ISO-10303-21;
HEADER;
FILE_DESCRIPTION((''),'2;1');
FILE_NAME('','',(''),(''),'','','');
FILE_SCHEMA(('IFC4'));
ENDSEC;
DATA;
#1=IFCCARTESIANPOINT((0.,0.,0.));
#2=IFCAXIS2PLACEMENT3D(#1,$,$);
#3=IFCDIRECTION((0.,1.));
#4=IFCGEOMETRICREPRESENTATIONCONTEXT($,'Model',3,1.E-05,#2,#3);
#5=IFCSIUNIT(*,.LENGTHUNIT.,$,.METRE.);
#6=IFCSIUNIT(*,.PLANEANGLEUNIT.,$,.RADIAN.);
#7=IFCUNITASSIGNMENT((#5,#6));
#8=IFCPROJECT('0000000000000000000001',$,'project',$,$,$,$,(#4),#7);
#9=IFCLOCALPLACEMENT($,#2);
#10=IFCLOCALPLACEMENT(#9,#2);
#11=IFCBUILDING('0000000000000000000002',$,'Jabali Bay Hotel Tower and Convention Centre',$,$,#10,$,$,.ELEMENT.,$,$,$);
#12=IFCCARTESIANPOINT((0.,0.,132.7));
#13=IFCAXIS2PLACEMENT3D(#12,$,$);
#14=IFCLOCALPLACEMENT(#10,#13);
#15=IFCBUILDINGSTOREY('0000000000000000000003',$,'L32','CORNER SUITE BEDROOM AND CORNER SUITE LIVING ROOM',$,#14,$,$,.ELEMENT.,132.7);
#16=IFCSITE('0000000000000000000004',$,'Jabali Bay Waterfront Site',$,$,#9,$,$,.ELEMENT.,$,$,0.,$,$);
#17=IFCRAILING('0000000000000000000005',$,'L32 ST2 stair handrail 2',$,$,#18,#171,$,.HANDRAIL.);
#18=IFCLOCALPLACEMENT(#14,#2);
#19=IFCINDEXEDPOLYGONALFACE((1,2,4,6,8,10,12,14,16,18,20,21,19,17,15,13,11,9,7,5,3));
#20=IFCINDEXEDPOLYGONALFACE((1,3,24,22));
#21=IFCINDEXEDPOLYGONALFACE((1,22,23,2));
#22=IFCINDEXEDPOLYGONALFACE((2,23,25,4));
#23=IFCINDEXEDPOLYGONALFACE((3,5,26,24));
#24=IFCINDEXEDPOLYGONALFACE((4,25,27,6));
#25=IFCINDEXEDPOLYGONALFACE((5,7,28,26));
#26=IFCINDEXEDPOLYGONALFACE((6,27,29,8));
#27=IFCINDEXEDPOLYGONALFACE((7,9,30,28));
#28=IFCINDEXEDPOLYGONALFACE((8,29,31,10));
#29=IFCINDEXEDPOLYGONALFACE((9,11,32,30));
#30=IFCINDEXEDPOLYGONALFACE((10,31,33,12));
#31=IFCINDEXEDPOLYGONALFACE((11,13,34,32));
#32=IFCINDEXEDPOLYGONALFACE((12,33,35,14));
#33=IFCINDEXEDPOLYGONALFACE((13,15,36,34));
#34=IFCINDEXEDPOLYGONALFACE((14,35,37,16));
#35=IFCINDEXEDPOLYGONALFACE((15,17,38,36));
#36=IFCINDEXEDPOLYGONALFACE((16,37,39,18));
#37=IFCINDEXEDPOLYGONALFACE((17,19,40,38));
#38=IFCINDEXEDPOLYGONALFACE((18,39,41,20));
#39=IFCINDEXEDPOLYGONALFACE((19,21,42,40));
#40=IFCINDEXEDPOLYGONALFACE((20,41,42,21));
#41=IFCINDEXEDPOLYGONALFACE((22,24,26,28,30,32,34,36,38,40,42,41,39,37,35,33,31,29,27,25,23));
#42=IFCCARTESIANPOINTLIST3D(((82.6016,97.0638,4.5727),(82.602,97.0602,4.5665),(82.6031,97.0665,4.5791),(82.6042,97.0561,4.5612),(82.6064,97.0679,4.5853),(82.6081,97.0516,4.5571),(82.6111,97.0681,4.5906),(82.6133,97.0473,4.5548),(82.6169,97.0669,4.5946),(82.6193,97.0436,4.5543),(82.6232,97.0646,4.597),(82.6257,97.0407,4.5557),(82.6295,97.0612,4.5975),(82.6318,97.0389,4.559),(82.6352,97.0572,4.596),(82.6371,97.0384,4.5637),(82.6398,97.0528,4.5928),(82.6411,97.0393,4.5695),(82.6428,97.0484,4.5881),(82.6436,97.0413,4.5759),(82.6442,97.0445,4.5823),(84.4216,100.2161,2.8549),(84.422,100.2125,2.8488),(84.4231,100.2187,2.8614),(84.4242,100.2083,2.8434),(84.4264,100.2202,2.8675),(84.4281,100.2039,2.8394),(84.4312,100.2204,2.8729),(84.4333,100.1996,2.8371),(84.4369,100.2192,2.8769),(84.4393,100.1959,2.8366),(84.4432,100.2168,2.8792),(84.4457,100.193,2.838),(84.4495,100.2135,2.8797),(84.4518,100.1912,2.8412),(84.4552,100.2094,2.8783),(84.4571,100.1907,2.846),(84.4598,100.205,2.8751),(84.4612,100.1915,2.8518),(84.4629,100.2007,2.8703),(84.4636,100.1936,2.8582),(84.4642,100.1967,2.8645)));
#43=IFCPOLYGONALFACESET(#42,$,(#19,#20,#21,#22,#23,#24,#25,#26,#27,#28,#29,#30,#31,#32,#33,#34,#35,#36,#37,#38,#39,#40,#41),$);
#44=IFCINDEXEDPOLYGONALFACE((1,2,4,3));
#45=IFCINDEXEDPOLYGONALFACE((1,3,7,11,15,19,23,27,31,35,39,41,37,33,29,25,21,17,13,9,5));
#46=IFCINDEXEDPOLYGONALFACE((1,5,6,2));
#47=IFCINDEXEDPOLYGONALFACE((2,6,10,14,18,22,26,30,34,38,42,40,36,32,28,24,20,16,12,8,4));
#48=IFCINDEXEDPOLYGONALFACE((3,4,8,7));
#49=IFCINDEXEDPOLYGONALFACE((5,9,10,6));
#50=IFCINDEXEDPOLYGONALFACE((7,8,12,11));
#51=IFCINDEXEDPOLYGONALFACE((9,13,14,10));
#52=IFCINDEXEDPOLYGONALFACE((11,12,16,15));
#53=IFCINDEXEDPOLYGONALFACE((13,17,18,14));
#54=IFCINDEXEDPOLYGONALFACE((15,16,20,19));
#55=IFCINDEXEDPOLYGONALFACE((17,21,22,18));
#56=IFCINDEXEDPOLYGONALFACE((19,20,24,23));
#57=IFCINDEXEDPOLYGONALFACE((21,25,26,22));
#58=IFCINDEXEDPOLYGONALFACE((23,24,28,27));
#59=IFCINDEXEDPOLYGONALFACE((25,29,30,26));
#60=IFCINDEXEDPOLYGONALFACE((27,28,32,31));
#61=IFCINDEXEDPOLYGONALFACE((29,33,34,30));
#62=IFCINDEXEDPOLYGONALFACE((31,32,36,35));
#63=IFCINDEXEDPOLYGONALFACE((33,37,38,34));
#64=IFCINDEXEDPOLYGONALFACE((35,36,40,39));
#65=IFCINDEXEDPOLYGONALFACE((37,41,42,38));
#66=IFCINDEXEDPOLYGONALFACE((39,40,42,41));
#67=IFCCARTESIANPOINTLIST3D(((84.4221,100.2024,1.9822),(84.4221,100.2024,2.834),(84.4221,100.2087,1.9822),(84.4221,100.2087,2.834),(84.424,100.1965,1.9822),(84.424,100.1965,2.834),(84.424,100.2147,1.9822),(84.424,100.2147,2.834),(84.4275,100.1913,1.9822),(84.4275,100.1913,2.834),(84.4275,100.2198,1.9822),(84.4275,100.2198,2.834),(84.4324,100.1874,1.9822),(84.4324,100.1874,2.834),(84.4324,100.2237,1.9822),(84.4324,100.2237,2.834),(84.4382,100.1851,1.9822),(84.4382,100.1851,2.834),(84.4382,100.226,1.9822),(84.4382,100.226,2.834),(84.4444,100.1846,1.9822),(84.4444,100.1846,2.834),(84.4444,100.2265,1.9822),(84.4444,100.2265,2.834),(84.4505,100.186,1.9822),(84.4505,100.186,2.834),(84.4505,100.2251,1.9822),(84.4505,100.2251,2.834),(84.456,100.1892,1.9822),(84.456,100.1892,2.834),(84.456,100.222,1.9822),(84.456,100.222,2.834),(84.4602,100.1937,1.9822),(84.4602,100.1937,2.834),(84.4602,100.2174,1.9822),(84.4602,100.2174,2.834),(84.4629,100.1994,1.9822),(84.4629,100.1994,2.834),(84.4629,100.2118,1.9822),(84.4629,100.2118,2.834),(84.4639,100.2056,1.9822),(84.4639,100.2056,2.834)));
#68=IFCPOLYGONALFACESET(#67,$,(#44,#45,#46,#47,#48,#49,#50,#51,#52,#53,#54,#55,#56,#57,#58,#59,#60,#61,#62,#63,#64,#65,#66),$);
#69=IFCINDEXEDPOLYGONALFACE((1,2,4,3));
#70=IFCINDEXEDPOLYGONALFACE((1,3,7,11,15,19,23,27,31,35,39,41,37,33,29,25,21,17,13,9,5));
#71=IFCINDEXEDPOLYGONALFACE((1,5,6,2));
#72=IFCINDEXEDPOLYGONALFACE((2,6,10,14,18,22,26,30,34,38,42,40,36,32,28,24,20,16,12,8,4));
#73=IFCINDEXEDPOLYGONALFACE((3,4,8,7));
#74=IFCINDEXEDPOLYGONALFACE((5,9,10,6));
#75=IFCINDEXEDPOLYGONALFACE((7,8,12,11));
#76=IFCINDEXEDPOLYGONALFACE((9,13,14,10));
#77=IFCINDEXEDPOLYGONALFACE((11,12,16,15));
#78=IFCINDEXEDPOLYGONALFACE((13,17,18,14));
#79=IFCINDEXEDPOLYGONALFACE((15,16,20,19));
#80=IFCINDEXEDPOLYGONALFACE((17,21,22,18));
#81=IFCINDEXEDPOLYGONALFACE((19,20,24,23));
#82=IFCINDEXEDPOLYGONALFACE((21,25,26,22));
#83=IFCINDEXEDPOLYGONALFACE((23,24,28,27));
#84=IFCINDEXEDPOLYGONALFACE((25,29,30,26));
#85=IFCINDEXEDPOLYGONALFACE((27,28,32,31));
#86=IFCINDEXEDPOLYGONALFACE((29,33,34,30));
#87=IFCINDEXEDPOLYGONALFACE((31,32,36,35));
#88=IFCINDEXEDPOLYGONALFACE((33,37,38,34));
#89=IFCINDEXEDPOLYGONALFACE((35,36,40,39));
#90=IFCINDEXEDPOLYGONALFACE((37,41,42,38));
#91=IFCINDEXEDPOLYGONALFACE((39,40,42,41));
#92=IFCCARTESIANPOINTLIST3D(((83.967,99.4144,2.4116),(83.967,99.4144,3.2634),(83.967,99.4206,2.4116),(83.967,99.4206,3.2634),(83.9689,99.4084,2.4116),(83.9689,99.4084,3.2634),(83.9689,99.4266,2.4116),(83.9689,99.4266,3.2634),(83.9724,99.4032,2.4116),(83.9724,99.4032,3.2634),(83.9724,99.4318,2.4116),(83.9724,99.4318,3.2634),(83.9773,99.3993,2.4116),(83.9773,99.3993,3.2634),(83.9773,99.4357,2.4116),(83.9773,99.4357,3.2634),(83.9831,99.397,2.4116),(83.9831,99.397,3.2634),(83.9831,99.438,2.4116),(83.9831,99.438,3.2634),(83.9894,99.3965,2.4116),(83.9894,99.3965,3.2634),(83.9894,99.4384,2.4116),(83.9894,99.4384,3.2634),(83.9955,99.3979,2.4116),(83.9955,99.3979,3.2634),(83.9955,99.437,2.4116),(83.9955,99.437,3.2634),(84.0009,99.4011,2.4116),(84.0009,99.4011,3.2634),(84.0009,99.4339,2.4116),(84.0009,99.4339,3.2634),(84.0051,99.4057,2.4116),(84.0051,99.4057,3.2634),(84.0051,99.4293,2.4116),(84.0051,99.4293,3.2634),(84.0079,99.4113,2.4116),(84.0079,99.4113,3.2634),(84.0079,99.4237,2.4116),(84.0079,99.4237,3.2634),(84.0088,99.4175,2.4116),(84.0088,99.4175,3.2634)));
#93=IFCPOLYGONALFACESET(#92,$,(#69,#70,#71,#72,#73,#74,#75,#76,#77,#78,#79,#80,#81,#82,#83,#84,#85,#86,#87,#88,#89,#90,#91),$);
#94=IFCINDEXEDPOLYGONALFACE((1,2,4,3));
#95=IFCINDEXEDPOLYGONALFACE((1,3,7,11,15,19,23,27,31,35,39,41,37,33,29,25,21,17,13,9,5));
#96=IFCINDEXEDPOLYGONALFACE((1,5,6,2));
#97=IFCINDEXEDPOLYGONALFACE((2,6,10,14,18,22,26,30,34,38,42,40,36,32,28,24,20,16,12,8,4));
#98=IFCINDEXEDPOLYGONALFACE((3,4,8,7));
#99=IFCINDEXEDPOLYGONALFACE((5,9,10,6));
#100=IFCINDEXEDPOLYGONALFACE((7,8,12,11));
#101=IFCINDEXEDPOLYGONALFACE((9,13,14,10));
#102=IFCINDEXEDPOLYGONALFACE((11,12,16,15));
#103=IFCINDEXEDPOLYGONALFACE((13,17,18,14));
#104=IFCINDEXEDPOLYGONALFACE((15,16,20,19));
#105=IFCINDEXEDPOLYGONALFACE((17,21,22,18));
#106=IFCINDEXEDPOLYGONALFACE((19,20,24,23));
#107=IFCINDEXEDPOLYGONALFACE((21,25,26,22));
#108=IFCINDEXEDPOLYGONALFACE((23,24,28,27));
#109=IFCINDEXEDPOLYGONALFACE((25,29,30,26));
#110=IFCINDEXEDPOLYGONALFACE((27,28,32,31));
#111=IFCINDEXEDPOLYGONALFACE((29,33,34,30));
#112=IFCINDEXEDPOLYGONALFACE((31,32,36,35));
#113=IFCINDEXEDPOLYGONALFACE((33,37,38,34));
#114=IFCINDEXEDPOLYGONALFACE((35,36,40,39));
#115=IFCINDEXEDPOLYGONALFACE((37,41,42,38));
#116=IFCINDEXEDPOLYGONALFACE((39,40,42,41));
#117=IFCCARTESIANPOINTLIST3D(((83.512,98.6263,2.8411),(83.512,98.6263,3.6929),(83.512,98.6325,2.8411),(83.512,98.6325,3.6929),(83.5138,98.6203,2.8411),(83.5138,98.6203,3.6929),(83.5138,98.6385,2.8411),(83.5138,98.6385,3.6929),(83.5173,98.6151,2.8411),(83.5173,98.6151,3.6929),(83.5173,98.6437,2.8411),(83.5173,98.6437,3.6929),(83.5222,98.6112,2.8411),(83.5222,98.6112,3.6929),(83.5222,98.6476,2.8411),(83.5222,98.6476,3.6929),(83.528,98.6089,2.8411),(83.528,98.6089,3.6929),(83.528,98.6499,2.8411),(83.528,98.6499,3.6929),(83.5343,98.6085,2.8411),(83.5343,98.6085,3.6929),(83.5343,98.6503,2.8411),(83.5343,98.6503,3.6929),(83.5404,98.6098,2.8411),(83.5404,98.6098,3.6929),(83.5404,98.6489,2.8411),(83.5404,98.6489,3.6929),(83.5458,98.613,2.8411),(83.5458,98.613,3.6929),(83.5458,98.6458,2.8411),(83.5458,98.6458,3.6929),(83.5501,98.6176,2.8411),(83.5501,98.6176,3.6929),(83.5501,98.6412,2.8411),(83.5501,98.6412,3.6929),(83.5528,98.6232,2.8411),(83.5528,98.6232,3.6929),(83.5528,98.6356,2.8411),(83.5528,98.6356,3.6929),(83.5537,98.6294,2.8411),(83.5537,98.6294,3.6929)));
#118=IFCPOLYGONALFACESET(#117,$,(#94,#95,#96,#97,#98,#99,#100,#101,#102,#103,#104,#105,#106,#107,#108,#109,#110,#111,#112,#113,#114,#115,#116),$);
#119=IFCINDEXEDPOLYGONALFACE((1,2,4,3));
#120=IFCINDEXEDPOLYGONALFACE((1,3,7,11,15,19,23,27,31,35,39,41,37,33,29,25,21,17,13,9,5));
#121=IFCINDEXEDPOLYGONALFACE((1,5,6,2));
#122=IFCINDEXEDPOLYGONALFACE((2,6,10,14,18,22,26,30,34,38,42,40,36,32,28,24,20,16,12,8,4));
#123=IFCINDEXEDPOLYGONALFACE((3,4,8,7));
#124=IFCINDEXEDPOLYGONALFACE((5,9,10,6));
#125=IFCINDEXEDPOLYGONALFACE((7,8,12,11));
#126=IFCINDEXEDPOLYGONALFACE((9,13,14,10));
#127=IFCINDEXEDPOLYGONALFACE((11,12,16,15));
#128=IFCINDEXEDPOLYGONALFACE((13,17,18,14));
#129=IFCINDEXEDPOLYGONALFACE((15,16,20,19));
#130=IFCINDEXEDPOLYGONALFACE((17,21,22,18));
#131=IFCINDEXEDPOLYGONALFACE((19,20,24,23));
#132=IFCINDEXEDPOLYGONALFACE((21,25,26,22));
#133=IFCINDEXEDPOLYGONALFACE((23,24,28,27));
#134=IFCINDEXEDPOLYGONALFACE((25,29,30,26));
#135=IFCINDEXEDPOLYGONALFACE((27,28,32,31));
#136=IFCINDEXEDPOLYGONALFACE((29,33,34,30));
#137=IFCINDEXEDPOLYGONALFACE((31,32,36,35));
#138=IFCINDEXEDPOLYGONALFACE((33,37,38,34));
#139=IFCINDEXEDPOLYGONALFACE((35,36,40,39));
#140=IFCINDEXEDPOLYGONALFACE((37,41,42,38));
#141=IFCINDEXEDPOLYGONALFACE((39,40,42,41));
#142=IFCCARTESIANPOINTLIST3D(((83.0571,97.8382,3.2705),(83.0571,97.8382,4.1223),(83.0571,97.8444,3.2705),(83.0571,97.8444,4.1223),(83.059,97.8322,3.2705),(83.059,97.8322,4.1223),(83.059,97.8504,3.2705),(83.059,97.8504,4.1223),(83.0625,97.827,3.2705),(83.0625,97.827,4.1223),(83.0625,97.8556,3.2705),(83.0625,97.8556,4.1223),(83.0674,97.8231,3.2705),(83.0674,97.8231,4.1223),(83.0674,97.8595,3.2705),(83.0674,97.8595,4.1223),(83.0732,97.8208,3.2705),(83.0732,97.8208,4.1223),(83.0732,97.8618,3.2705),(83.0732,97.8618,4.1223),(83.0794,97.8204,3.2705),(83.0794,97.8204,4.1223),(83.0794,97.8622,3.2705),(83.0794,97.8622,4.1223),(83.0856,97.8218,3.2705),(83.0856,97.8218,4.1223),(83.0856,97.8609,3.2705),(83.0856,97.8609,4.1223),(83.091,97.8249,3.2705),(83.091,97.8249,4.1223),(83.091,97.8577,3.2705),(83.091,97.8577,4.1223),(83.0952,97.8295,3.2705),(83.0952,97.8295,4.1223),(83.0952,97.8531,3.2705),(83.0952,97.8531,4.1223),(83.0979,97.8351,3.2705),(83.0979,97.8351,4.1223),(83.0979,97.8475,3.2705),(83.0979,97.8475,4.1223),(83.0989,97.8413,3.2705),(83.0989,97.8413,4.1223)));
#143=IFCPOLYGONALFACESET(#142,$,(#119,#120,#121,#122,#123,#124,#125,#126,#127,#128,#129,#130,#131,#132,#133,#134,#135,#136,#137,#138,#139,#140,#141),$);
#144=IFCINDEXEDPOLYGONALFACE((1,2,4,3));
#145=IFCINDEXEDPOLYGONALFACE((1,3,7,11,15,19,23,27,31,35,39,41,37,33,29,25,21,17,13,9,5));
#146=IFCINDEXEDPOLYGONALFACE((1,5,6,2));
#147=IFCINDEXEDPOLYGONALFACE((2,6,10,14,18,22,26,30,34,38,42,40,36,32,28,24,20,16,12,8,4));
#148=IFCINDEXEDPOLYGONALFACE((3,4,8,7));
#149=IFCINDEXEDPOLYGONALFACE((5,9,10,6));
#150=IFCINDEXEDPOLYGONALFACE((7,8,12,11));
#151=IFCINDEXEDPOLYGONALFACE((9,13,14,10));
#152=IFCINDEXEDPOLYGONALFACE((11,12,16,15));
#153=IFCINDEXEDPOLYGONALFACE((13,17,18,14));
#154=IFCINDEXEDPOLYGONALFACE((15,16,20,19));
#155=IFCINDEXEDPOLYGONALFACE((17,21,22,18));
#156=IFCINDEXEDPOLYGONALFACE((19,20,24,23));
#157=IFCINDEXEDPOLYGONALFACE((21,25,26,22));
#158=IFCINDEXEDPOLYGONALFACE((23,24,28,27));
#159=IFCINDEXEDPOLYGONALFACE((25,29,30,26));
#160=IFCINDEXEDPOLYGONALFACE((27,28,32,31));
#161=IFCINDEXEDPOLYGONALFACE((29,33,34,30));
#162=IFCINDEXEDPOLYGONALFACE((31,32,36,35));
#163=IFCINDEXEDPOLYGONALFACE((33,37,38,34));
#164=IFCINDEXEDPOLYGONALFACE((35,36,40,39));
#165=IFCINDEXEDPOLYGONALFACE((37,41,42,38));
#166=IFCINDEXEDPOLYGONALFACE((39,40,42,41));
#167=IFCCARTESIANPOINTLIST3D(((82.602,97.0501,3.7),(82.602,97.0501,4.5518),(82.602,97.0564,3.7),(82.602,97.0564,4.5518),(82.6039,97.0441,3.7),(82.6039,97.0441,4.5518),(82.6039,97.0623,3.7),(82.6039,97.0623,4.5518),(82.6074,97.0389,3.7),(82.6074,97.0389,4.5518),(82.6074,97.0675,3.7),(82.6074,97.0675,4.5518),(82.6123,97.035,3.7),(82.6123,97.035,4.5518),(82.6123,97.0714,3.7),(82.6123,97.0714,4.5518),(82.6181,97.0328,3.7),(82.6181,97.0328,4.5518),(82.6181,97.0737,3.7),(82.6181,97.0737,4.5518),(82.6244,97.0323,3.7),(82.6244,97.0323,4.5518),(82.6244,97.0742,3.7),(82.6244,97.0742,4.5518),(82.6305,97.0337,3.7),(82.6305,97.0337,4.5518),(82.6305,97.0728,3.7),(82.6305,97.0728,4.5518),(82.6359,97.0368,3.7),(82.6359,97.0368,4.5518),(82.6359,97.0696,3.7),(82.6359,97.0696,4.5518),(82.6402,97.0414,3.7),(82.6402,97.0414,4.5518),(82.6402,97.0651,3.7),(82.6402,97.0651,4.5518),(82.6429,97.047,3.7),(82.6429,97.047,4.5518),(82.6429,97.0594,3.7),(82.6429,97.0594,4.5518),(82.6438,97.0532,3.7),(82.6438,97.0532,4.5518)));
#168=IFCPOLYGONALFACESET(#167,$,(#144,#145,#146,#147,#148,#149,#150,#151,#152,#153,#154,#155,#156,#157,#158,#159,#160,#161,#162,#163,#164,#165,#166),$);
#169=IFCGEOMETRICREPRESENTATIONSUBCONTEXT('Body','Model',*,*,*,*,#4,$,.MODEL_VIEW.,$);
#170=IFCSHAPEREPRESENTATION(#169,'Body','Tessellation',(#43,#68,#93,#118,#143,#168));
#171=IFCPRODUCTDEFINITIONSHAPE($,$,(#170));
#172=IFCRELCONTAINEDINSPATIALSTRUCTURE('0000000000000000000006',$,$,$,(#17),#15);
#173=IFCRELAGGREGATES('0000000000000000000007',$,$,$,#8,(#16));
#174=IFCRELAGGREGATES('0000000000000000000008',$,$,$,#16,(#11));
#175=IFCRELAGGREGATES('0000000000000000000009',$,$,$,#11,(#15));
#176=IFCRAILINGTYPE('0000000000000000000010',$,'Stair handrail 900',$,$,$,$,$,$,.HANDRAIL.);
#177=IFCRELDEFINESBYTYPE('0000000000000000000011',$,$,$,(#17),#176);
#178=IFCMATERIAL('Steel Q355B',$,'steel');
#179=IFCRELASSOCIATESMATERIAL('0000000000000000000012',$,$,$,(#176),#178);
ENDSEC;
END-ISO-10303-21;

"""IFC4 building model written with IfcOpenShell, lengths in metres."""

from ifc_helpers import new_model, si_unit, direction, frame, origin, origin_2d, place, context, subcontext, project, spatial, circle, extrude, material, type_object, element, save


model = new_model("IFC4")

# Units and contexts
model_context = context("Model", 3, precision=1e-05, world=origin(), true_north=direction((0.0, 1.0)))
body_context = subcontext(model_context, "Body", "Model", "MODEL_VIEW")
ifc_project = project(units=[si_unit("LENGTHUNIT", "METRE"), si_unit("PLANEANGLEUNIT", "RADIAN")], contexts=[model_context])

# Site, building, storey
site_placement = place(None, origin())
site = spatial("IfcSite", under=ifc_project, at=site_placement, Name="Jabali Bay Waterfront Site", CompositionType="ELEMENT", RefElevation=0.0)
building_placement = place(site_placement, origin())
building = spatial("IfcBuilding", under=site, at=building_placement, Name="Jabali Bay Hotel Tower and Convention Centre", CompositionType="ELEMENT")
storey_placement = place(building_placement, frame((0.0, 0.0, 132.7)))
storey = spatial("IfcBuildingStorey", under=building, at=storey_placement, Name="L32", Description="CORNER SUITE BEDROOM AND CORNER SUITE LIVING ROOM", CompositionType="ELEMENT", Elevation=132.7)

# Railing
ifc_material_1 = material(Name="Steel Q355B", Category="steel")
railing_type_1 = type_object("IfcRailingType", Name="Stair handrail 900", PredefinedType="HANDRAIL", material=ifc_material_1)
railing_1_placement = place(storey_placement, frame((84.4429, 100.2056, 1.9822)))
element("IfcRailing", 1, at=railing_1_placement, inside=storey, type_object=railing_type_1, Name="L32 ST2 stair handrail 2", PredefinedType="HANDRAIL", context=body_context, shape_type="SweptSolid", body=[
    extrude(circle(Radius=0.0239, at=origin_2d()), frame((0.0, 0.0, 0.876), z_axis=(-0.45219, -0.78319, 0.426775), x_axis=(0.866018, -0.500013, 0.0)), (0.0, 0.0, 1.0), 4.0249),
    extrude(circle(Radius=0.021, at=origin_2d()), origin(), (0.0, 0.0, 1.0), 0.8518),
    extrude(circle(Radius=0.021, at=origin_2d()), frame((-0.4551, -0.7881, 0.4294)), (0.0, 0.0, 1.0), 0.8518),
    extrude(circle(Radius=0.021, at=origin_2d()), frame((-0.9102, -1.5762, 0.8589)), (0.0, 0.0, 1.0), 0.8518),
    extrude(circle(Radius=0.021, at=origin_2d()), frame((-1.365, -2.3643, 1.2883)), (0.0, 0.0, 1.0), 0.8518),
    extrude(circle(Radius=0.021, at=origin_2d()), frame((-1.8201, -3.1523, 1.7178)), (0.0, 0.0, 1.0), 0.8518),
])

save(model, "model.ifc")
